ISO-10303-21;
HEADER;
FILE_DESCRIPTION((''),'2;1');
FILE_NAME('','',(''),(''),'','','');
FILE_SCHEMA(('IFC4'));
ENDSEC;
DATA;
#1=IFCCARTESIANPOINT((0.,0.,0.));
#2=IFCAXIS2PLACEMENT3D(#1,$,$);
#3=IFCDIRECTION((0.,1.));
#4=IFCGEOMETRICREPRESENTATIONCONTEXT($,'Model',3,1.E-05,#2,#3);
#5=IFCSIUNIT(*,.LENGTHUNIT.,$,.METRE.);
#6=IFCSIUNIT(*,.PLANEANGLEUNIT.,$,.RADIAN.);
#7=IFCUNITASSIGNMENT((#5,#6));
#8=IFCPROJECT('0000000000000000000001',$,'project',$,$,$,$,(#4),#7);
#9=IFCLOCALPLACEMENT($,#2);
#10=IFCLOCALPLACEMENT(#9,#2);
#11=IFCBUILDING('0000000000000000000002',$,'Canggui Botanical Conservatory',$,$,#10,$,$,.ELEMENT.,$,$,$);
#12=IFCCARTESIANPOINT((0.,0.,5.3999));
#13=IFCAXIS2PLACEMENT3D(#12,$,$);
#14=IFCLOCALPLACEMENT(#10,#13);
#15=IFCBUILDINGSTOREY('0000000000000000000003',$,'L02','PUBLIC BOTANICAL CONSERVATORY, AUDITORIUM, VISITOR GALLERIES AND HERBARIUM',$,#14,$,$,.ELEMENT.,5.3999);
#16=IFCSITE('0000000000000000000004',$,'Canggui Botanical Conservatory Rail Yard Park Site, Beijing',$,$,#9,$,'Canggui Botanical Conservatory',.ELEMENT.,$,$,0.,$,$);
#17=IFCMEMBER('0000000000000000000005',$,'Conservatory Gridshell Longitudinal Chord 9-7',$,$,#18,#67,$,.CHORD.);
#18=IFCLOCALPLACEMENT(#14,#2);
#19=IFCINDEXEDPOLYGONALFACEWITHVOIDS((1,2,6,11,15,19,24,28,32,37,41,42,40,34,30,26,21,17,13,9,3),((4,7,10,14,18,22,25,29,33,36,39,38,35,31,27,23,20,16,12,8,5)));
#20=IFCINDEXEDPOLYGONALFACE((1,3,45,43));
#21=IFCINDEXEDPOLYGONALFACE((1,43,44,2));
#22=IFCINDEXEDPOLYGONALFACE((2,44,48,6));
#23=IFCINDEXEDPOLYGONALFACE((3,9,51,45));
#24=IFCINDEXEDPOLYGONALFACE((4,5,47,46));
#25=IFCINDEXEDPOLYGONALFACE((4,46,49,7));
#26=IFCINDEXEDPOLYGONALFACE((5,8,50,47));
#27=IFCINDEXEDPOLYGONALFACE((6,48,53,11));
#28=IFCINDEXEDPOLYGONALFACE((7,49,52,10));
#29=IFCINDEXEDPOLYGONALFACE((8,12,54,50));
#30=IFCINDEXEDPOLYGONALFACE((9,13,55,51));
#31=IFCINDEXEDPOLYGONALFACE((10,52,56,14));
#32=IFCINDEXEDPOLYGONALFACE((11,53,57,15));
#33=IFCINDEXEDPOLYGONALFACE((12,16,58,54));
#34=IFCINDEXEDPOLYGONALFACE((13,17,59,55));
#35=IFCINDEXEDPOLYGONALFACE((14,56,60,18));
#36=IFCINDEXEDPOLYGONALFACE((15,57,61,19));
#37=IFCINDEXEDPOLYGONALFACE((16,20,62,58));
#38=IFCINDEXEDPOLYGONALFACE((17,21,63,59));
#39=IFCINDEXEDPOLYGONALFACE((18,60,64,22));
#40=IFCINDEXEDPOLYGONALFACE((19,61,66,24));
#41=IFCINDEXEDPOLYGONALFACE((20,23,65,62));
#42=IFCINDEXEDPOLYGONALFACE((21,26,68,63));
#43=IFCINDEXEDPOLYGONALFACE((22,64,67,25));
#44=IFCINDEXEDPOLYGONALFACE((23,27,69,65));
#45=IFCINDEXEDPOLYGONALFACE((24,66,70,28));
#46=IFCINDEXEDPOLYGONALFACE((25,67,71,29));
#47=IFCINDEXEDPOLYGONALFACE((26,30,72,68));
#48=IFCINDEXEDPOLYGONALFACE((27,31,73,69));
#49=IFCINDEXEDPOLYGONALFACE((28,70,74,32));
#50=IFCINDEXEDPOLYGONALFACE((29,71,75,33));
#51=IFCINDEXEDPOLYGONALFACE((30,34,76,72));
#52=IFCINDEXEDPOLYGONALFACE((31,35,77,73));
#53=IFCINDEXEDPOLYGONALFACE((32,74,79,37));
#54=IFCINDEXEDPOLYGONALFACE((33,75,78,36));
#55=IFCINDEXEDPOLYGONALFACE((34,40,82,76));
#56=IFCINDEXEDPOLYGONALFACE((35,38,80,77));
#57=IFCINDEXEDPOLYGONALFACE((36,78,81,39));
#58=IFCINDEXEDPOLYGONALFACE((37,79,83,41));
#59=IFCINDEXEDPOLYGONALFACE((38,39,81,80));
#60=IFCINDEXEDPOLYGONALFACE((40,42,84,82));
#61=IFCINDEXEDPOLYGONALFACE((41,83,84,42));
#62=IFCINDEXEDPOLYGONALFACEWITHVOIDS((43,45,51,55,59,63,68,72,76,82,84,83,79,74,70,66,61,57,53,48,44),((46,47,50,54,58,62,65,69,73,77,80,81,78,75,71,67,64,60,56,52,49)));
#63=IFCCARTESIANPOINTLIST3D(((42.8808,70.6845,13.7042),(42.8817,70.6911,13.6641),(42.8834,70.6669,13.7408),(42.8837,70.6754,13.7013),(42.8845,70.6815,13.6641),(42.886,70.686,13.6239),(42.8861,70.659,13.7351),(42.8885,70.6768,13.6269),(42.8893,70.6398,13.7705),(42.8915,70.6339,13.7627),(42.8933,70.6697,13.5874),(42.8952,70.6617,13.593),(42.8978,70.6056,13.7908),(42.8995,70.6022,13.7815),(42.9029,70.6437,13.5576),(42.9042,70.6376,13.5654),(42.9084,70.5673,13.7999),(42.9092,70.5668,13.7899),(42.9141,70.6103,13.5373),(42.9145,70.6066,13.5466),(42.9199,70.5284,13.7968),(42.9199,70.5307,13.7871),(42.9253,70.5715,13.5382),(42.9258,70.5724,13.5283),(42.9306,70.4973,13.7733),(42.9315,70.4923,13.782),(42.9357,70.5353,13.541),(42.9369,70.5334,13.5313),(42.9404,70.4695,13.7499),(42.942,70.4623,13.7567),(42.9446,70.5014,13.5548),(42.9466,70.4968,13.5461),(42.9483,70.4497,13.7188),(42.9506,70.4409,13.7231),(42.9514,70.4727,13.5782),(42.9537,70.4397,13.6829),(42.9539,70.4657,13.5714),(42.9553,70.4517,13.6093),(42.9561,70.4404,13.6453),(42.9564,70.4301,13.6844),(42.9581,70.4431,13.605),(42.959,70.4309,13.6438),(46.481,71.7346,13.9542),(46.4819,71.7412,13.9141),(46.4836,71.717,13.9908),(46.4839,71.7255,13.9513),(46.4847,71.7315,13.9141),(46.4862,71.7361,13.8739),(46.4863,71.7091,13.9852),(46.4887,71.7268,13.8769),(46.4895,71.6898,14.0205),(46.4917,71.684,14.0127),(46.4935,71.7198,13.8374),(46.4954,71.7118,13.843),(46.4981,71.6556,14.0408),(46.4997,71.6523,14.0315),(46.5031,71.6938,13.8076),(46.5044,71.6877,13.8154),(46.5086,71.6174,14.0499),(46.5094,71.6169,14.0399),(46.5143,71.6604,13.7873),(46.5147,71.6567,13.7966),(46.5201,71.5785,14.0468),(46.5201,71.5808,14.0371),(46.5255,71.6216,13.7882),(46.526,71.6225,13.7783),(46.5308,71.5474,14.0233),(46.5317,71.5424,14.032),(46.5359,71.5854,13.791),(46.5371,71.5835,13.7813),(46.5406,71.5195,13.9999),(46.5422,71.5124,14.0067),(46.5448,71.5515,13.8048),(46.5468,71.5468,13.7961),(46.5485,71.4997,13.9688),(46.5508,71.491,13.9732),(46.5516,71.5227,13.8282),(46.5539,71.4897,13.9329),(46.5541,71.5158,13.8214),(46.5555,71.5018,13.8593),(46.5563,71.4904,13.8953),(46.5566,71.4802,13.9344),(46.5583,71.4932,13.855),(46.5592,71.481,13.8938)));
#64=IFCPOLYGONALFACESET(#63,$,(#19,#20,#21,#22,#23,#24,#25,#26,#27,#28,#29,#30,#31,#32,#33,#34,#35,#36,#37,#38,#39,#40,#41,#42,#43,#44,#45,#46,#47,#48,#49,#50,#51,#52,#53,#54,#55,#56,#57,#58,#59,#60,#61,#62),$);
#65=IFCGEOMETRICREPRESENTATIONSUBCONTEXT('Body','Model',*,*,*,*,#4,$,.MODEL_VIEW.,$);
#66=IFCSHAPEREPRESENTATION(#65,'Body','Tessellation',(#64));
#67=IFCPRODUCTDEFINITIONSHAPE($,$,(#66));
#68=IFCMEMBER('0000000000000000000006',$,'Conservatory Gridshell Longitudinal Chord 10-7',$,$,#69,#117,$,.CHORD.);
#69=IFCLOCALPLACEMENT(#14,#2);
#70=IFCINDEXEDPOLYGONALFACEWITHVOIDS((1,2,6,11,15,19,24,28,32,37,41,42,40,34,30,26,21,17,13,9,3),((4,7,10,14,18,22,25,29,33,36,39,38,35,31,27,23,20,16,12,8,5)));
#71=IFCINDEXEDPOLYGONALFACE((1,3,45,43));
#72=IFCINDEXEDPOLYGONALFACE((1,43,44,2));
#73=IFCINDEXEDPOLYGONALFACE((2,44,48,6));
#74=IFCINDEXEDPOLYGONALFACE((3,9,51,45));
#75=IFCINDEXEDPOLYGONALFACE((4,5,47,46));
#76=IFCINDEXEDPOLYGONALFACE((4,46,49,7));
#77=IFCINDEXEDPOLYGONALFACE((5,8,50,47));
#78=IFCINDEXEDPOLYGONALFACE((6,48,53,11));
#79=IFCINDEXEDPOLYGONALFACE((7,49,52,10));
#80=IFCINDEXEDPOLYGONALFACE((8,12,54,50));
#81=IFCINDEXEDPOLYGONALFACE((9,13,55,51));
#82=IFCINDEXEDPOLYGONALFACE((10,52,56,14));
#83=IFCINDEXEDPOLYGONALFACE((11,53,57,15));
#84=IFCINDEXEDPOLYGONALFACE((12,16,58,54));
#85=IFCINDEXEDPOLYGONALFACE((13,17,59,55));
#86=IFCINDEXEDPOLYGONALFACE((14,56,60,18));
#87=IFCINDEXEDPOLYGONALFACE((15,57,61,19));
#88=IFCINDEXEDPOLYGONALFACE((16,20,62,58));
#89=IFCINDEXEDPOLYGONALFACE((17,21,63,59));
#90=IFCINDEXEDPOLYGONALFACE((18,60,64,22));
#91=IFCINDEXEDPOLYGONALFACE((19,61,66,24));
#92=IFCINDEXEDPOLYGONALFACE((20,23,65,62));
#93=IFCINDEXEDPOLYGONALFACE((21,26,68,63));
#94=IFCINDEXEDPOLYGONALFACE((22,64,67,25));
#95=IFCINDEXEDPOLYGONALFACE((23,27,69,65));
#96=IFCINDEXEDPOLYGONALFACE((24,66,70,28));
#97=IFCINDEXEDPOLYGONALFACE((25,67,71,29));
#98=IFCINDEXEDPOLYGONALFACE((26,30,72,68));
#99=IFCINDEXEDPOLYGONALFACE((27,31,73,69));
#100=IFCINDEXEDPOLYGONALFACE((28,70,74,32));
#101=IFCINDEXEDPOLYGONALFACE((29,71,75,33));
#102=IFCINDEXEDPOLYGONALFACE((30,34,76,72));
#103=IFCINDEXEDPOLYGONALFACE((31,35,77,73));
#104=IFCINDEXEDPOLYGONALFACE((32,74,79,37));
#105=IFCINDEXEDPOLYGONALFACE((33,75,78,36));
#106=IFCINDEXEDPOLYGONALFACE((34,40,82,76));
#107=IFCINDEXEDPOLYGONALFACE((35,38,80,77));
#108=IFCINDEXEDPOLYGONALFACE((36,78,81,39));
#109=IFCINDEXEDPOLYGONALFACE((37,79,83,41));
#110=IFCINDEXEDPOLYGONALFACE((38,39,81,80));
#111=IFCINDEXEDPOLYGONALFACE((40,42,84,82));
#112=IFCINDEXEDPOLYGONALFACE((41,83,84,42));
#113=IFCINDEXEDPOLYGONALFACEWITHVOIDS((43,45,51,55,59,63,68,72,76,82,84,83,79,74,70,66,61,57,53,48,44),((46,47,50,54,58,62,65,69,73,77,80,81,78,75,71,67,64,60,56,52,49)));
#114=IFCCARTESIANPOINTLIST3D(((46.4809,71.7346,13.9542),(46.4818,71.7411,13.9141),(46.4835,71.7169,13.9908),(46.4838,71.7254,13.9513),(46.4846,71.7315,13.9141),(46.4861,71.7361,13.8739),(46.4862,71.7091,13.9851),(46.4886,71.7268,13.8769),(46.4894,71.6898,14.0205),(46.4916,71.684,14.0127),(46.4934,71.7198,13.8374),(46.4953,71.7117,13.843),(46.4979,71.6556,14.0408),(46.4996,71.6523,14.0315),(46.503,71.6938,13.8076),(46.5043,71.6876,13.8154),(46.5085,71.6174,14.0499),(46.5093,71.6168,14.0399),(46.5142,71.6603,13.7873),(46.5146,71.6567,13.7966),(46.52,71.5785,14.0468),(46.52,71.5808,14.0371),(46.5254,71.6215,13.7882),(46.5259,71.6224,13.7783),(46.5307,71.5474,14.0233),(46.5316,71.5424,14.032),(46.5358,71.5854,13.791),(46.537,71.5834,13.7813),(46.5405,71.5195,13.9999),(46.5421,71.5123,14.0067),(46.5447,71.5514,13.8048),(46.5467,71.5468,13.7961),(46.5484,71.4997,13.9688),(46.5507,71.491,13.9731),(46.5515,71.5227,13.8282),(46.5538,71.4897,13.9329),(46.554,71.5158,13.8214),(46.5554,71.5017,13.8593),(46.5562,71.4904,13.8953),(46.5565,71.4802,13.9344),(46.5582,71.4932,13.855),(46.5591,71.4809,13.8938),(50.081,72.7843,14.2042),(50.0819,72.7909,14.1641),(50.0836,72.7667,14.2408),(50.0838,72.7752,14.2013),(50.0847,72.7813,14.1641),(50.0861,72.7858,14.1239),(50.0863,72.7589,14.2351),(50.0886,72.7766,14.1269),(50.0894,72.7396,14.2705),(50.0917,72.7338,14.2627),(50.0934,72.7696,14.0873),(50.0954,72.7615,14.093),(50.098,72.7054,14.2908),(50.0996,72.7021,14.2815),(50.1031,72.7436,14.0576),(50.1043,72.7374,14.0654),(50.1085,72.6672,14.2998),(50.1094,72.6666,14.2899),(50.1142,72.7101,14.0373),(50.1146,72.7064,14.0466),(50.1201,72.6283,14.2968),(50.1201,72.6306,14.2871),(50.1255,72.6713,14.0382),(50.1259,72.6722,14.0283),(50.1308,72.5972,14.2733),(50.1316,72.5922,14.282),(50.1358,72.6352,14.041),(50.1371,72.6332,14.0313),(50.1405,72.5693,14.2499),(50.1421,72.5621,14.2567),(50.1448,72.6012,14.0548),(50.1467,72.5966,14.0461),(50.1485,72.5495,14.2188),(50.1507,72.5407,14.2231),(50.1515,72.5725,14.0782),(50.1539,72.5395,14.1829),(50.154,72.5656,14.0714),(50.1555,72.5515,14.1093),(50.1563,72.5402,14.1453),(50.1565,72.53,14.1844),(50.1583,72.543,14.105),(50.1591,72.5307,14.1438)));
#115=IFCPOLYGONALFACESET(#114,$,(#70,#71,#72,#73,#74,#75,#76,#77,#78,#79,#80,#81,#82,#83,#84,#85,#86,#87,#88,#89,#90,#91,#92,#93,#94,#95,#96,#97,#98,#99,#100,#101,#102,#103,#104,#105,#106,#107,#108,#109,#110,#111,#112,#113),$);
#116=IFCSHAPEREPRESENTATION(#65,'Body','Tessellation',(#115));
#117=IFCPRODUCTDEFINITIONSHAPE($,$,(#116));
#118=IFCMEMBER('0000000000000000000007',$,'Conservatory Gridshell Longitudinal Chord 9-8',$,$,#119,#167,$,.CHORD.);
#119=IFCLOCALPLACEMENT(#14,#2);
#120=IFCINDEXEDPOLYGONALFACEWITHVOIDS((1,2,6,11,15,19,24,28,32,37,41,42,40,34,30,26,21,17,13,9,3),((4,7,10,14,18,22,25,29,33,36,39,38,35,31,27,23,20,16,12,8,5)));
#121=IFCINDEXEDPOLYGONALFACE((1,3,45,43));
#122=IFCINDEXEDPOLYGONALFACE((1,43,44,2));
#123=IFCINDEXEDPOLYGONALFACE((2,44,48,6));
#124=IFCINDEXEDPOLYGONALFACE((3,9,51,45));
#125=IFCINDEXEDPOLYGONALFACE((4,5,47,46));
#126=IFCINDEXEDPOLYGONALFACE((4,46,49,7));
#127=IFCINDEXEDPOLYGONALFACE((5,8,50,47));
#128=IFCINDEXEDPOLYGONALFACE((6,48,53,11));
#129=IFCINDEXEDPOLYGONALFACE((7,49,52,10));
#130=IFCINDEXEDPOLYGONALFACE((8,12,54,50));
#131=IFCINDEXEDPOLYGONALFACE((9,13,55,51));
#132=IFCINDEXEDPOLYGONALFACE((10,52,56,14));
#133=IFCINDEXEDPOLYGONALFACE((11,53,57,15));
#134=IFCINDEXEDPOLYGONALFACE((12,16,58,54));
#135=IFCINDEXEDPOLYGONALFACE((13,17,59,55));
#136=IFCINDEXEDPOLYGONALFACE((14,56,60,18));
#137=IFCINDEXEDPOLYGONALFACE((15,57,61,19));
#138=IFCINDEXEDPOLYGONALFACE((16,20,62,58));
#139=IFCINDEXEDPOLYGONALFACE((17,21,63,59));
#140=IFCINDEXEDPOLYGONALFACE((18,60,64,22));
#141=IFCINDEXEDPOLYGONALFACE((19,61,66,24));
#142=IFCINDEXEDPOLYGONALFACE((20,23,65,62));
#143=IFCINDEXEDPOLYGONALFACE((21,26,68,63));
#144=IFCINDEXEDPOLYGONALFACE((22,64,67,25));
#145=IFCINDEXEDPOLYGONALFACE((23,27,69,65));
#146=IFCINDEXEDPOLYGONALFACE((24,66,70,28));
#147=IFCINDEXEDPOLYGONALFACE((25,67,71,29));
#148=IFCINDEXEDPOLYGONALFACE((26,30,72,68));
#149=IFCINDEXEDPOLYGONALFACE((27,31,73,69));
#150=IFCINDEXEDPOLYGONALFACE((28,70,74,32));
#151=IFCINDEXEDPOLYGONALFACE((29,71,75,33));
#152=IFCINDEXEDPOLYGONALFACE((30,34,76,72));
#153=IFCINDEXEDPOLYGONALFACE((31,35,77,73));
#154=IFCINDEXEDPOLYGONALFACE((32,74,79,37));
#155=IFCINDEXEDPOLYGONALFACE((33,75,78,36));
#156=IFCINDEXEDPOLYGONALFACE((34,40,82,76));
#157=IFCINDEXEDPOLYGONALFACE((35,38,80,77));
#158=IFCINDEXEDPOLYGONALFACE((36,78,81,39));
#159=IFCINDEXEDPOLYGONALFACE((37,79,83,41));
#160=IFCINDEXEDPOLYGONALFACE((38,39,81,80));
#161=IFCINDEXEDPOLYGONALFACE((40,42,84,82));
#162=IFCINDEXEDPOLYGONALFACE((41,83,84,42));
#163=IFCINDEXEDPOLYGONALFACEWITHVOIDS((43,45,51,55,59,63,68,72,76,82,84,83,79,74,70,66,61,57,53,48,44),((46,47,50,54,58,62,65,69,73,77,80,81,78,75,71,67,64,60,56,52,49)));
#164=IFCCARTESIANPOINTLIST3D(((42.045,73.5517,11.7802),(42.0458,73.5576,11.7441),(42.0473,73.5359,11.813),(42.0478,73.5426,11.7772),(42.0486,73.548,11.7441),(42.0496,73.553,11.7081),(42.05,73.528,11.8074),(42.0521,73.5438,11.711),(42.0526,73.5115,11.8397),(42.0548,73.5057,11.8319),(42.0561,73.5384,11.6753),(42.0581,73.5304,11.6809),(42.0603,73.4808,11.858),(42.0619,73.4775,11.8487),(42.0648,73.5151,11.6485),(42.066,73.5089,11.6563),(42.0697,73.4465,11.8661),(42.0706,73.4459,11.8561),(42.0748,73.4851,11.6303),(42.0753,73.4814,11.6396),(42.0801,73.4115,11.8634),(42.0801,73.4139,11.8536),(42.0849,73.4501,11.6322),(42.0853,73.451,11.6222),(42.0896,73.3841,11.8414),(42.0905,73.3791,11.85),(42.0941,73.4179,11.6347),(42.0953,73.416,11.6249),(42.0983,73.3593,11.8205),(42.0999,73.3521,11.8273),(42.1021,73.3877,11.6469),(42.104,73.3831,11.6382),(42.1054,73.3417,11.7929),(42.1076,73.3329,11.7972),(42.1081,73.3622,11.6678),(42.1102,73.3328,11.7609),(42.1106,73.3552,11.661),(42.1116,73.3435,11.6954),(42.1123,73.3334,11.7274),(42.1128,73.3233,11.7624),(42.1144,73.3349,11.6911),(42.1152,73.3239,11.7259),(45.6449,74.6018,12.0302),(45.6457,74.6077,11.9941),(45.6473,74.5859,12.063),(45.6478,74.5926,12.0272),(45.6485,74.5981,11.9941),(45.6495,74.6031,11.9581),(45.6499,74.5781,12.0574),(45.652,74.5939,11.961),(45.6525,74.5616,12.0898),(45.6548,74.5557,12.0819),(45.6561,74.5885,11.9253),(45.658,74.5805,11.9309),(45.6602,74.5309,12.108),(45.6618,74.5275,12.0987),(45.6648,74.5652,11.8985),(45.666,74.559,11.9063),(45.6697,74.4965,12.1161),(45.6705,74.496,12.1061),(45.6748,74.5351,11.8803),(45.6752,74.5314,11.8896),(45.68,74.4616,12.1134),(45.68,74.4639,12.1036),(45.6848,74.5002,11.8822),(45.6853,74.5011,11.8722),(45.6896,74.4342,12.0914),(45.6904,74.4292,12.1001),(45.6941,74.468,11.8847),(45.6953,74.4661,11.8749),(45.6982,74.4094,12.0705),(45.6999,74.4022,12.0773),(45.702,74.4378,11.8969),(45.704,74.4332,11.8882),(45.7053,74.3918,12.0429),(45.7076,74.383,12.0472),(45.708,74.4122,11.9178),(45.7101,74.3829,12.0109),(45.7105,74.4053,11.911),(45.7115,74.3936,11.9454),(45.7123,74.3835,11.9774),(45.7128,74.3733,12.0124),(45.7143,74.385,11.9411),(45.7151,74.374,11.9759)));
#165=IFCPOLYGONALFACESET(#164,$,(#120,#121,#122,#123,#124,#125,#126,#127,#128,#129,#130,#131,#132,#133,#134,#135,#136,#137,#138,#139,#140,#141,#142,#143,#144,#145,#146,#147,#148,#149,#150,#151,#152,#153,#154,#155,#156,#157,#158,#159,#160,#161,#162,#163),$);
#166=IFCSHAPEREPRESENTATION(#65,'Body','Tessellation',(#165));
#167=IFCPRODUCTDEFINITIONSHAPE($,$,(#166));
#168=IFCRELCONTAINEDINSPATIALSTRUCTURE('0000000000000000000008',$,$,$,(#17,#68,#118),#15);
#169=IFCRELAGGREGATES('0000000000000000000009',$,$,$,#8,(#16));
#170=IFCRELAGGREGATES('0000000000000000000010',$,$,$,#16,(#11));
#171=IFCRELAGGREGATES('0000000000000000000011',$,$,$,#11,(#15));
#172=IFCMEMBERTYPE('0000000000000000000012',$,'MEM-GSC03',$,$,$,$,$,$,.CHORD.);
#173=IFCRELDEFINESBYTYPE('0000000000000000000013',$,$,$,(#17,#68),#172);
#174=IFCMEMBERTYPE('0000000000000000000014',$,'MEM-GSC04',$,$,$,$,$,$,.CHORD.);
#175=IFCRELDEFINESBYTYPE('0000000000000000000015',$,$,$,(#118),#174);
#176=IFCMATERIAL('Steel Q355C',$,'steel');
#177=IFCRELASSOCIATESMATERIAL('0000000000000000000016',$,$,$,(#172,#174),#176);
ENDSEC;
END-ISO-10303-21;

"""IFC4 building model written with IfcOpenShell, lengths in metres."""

from ifc_helpers import new_model, si_unit, direction, frame, origin, origin_2d, place, context, subcontext, project, spatial, hollow_circle, extrude, material, material_profile, profile_set, type_object, element, save


model = new_model("IFC4")

# Units and contexts
model_context = context("Model", 3, precision=1e-05, world=origin(), true_north=direction((0.0, 1.0)))
body_context = subcontext(model_context, "Body", "Model", "MODEL_VIEW")
ifc_project = project(units=[si_unit("LENGTHUNIT", "METRE"), si_unit("PLANEANGLEUNIT", "RADIAN")], contexts=[model_context])

# Site, building, storey
site_placement = place(None, origin())
site = spatial("IfcSite", under=ifc_project, at=site_placement, Name="Canggui Botanical Conservatory Rail Yard Park Site, Beijing", LongName="Canggui Botanical Conservatory", CompositionType="ELEMENT", RefElevation=0.0)
building_placement = place(site_placement, origin())
building = spatial("IfcBuilding", under=site, at=building_placement, Name="Canggui Botanical Conservatory", CompositionType="ELEMENT")
storey_placement = place(building_placement, frame((0.0, 0.0, 5.3999)))
storey = spatial("IfcBuildingStorey", under=building, at=storey_placement, Name="L02", Description="PUBLIC BOTANICAL CONSERVATORY, AUDITORIUM, VISITOR GALLERIES AND HERBARIUM", CompositionType="ELEMENT", Elevation=5.3999)

# Shared definitions
ifc_material_1 = material(Name="Steel Q355C", Category="steel")

# Members
ifc_material_profile_1 = material_profile(ifc_material_1, hollow_circle(Radius=0.1365, WallThickness=0.01, at=origin_2d()), Name="CHS 273x10")
ifc_profile_set_1 = profile_set([ifc_material_profile_1], Name="Steel Q355C")
member_type_1 = type_object("IfcMemberType", Name="MEM-GSC03", PredefinedType="CHORD", material=ifc_profile_set_1)
member_1_placement = place(storey_placement, frame((42.9199, 70.5601, 13.6641), z_axis=(0.957872, 0.279385, 0.066517), x_axis=(-0.280005, 0.959999, 0.0)))
element("IfcMember", 1, at=member_1_placement, inside=storey, type_object=member_type_1, Name="Conservatory Gridshell Longitudinal Chord 9-7", PredefinedType="CHORD", context=body_context, shape_type="SweptSolid", body=[
    extrude(hollow_circle(Radius=0.1365, WallThickness=0.01, at=origin_2d()), origin(), (0.0, 0.0, 1.0), 3.7585),
])
member_2_placement = place(storey_placement, frame((46.52, 71.6101, 13.9141), z_axis=(0.95789, 0.279325, 0.066518), x_axis=(-0.279945, 0.960016, 0.0)))
element("IfcMember", 2, at=member_2_placement, inside=storey, type_object=member_type_1, Name="Conservatory Gridshell Longitudinal Chord 10-7", PredefinedType="CHORD", context=body_context, shape_type="SweptSolid", body=[
    extrude(hollow_circle(Radius=0.1365, WallThickness=0.01, at=origin_2d()), origin(), (0.0, 0.0, 1.0), 3.7583),
])
ifc_material_profile_2 = material_profile(ifc_material_1, hollow_circle(Radius=0.1226, WallThickness=0.01, at=origin_2d()), Name="CHS 245x10")
ifc_profile_set_2 = profile_set([ifc_material_profile_2], Name="Steel Q355C")
member_type_2 = type_object("IfcMemberType", Name="MEM-GSC04", PredefinedType="CHORD", material=ifc_profile_set_2)
member_3_placement = place(storey_placement, frame((42.0801, 73.4399, 11.7441), z_axis=(0.957867, 0.279402, 0.066521), x_axis=(-0.280023, 0.959993, 0.0)))
element("IfcMember", 3, at=member_3_placement, inside=storey, type_object=member_type_2, Name="Conservatory Gridshell Longitudinal Chord 9-8", PredefinedType="CHORD", context=body_context, shape_type="SweptSolid", body=[
    extrude(hollow_circle(Radius=0.1226, WallThickness=0.01, at=origin_2d()), origin(), (0.0, 0.0, 1.0), 3.7583),
])

save(model, "model.ifc")
